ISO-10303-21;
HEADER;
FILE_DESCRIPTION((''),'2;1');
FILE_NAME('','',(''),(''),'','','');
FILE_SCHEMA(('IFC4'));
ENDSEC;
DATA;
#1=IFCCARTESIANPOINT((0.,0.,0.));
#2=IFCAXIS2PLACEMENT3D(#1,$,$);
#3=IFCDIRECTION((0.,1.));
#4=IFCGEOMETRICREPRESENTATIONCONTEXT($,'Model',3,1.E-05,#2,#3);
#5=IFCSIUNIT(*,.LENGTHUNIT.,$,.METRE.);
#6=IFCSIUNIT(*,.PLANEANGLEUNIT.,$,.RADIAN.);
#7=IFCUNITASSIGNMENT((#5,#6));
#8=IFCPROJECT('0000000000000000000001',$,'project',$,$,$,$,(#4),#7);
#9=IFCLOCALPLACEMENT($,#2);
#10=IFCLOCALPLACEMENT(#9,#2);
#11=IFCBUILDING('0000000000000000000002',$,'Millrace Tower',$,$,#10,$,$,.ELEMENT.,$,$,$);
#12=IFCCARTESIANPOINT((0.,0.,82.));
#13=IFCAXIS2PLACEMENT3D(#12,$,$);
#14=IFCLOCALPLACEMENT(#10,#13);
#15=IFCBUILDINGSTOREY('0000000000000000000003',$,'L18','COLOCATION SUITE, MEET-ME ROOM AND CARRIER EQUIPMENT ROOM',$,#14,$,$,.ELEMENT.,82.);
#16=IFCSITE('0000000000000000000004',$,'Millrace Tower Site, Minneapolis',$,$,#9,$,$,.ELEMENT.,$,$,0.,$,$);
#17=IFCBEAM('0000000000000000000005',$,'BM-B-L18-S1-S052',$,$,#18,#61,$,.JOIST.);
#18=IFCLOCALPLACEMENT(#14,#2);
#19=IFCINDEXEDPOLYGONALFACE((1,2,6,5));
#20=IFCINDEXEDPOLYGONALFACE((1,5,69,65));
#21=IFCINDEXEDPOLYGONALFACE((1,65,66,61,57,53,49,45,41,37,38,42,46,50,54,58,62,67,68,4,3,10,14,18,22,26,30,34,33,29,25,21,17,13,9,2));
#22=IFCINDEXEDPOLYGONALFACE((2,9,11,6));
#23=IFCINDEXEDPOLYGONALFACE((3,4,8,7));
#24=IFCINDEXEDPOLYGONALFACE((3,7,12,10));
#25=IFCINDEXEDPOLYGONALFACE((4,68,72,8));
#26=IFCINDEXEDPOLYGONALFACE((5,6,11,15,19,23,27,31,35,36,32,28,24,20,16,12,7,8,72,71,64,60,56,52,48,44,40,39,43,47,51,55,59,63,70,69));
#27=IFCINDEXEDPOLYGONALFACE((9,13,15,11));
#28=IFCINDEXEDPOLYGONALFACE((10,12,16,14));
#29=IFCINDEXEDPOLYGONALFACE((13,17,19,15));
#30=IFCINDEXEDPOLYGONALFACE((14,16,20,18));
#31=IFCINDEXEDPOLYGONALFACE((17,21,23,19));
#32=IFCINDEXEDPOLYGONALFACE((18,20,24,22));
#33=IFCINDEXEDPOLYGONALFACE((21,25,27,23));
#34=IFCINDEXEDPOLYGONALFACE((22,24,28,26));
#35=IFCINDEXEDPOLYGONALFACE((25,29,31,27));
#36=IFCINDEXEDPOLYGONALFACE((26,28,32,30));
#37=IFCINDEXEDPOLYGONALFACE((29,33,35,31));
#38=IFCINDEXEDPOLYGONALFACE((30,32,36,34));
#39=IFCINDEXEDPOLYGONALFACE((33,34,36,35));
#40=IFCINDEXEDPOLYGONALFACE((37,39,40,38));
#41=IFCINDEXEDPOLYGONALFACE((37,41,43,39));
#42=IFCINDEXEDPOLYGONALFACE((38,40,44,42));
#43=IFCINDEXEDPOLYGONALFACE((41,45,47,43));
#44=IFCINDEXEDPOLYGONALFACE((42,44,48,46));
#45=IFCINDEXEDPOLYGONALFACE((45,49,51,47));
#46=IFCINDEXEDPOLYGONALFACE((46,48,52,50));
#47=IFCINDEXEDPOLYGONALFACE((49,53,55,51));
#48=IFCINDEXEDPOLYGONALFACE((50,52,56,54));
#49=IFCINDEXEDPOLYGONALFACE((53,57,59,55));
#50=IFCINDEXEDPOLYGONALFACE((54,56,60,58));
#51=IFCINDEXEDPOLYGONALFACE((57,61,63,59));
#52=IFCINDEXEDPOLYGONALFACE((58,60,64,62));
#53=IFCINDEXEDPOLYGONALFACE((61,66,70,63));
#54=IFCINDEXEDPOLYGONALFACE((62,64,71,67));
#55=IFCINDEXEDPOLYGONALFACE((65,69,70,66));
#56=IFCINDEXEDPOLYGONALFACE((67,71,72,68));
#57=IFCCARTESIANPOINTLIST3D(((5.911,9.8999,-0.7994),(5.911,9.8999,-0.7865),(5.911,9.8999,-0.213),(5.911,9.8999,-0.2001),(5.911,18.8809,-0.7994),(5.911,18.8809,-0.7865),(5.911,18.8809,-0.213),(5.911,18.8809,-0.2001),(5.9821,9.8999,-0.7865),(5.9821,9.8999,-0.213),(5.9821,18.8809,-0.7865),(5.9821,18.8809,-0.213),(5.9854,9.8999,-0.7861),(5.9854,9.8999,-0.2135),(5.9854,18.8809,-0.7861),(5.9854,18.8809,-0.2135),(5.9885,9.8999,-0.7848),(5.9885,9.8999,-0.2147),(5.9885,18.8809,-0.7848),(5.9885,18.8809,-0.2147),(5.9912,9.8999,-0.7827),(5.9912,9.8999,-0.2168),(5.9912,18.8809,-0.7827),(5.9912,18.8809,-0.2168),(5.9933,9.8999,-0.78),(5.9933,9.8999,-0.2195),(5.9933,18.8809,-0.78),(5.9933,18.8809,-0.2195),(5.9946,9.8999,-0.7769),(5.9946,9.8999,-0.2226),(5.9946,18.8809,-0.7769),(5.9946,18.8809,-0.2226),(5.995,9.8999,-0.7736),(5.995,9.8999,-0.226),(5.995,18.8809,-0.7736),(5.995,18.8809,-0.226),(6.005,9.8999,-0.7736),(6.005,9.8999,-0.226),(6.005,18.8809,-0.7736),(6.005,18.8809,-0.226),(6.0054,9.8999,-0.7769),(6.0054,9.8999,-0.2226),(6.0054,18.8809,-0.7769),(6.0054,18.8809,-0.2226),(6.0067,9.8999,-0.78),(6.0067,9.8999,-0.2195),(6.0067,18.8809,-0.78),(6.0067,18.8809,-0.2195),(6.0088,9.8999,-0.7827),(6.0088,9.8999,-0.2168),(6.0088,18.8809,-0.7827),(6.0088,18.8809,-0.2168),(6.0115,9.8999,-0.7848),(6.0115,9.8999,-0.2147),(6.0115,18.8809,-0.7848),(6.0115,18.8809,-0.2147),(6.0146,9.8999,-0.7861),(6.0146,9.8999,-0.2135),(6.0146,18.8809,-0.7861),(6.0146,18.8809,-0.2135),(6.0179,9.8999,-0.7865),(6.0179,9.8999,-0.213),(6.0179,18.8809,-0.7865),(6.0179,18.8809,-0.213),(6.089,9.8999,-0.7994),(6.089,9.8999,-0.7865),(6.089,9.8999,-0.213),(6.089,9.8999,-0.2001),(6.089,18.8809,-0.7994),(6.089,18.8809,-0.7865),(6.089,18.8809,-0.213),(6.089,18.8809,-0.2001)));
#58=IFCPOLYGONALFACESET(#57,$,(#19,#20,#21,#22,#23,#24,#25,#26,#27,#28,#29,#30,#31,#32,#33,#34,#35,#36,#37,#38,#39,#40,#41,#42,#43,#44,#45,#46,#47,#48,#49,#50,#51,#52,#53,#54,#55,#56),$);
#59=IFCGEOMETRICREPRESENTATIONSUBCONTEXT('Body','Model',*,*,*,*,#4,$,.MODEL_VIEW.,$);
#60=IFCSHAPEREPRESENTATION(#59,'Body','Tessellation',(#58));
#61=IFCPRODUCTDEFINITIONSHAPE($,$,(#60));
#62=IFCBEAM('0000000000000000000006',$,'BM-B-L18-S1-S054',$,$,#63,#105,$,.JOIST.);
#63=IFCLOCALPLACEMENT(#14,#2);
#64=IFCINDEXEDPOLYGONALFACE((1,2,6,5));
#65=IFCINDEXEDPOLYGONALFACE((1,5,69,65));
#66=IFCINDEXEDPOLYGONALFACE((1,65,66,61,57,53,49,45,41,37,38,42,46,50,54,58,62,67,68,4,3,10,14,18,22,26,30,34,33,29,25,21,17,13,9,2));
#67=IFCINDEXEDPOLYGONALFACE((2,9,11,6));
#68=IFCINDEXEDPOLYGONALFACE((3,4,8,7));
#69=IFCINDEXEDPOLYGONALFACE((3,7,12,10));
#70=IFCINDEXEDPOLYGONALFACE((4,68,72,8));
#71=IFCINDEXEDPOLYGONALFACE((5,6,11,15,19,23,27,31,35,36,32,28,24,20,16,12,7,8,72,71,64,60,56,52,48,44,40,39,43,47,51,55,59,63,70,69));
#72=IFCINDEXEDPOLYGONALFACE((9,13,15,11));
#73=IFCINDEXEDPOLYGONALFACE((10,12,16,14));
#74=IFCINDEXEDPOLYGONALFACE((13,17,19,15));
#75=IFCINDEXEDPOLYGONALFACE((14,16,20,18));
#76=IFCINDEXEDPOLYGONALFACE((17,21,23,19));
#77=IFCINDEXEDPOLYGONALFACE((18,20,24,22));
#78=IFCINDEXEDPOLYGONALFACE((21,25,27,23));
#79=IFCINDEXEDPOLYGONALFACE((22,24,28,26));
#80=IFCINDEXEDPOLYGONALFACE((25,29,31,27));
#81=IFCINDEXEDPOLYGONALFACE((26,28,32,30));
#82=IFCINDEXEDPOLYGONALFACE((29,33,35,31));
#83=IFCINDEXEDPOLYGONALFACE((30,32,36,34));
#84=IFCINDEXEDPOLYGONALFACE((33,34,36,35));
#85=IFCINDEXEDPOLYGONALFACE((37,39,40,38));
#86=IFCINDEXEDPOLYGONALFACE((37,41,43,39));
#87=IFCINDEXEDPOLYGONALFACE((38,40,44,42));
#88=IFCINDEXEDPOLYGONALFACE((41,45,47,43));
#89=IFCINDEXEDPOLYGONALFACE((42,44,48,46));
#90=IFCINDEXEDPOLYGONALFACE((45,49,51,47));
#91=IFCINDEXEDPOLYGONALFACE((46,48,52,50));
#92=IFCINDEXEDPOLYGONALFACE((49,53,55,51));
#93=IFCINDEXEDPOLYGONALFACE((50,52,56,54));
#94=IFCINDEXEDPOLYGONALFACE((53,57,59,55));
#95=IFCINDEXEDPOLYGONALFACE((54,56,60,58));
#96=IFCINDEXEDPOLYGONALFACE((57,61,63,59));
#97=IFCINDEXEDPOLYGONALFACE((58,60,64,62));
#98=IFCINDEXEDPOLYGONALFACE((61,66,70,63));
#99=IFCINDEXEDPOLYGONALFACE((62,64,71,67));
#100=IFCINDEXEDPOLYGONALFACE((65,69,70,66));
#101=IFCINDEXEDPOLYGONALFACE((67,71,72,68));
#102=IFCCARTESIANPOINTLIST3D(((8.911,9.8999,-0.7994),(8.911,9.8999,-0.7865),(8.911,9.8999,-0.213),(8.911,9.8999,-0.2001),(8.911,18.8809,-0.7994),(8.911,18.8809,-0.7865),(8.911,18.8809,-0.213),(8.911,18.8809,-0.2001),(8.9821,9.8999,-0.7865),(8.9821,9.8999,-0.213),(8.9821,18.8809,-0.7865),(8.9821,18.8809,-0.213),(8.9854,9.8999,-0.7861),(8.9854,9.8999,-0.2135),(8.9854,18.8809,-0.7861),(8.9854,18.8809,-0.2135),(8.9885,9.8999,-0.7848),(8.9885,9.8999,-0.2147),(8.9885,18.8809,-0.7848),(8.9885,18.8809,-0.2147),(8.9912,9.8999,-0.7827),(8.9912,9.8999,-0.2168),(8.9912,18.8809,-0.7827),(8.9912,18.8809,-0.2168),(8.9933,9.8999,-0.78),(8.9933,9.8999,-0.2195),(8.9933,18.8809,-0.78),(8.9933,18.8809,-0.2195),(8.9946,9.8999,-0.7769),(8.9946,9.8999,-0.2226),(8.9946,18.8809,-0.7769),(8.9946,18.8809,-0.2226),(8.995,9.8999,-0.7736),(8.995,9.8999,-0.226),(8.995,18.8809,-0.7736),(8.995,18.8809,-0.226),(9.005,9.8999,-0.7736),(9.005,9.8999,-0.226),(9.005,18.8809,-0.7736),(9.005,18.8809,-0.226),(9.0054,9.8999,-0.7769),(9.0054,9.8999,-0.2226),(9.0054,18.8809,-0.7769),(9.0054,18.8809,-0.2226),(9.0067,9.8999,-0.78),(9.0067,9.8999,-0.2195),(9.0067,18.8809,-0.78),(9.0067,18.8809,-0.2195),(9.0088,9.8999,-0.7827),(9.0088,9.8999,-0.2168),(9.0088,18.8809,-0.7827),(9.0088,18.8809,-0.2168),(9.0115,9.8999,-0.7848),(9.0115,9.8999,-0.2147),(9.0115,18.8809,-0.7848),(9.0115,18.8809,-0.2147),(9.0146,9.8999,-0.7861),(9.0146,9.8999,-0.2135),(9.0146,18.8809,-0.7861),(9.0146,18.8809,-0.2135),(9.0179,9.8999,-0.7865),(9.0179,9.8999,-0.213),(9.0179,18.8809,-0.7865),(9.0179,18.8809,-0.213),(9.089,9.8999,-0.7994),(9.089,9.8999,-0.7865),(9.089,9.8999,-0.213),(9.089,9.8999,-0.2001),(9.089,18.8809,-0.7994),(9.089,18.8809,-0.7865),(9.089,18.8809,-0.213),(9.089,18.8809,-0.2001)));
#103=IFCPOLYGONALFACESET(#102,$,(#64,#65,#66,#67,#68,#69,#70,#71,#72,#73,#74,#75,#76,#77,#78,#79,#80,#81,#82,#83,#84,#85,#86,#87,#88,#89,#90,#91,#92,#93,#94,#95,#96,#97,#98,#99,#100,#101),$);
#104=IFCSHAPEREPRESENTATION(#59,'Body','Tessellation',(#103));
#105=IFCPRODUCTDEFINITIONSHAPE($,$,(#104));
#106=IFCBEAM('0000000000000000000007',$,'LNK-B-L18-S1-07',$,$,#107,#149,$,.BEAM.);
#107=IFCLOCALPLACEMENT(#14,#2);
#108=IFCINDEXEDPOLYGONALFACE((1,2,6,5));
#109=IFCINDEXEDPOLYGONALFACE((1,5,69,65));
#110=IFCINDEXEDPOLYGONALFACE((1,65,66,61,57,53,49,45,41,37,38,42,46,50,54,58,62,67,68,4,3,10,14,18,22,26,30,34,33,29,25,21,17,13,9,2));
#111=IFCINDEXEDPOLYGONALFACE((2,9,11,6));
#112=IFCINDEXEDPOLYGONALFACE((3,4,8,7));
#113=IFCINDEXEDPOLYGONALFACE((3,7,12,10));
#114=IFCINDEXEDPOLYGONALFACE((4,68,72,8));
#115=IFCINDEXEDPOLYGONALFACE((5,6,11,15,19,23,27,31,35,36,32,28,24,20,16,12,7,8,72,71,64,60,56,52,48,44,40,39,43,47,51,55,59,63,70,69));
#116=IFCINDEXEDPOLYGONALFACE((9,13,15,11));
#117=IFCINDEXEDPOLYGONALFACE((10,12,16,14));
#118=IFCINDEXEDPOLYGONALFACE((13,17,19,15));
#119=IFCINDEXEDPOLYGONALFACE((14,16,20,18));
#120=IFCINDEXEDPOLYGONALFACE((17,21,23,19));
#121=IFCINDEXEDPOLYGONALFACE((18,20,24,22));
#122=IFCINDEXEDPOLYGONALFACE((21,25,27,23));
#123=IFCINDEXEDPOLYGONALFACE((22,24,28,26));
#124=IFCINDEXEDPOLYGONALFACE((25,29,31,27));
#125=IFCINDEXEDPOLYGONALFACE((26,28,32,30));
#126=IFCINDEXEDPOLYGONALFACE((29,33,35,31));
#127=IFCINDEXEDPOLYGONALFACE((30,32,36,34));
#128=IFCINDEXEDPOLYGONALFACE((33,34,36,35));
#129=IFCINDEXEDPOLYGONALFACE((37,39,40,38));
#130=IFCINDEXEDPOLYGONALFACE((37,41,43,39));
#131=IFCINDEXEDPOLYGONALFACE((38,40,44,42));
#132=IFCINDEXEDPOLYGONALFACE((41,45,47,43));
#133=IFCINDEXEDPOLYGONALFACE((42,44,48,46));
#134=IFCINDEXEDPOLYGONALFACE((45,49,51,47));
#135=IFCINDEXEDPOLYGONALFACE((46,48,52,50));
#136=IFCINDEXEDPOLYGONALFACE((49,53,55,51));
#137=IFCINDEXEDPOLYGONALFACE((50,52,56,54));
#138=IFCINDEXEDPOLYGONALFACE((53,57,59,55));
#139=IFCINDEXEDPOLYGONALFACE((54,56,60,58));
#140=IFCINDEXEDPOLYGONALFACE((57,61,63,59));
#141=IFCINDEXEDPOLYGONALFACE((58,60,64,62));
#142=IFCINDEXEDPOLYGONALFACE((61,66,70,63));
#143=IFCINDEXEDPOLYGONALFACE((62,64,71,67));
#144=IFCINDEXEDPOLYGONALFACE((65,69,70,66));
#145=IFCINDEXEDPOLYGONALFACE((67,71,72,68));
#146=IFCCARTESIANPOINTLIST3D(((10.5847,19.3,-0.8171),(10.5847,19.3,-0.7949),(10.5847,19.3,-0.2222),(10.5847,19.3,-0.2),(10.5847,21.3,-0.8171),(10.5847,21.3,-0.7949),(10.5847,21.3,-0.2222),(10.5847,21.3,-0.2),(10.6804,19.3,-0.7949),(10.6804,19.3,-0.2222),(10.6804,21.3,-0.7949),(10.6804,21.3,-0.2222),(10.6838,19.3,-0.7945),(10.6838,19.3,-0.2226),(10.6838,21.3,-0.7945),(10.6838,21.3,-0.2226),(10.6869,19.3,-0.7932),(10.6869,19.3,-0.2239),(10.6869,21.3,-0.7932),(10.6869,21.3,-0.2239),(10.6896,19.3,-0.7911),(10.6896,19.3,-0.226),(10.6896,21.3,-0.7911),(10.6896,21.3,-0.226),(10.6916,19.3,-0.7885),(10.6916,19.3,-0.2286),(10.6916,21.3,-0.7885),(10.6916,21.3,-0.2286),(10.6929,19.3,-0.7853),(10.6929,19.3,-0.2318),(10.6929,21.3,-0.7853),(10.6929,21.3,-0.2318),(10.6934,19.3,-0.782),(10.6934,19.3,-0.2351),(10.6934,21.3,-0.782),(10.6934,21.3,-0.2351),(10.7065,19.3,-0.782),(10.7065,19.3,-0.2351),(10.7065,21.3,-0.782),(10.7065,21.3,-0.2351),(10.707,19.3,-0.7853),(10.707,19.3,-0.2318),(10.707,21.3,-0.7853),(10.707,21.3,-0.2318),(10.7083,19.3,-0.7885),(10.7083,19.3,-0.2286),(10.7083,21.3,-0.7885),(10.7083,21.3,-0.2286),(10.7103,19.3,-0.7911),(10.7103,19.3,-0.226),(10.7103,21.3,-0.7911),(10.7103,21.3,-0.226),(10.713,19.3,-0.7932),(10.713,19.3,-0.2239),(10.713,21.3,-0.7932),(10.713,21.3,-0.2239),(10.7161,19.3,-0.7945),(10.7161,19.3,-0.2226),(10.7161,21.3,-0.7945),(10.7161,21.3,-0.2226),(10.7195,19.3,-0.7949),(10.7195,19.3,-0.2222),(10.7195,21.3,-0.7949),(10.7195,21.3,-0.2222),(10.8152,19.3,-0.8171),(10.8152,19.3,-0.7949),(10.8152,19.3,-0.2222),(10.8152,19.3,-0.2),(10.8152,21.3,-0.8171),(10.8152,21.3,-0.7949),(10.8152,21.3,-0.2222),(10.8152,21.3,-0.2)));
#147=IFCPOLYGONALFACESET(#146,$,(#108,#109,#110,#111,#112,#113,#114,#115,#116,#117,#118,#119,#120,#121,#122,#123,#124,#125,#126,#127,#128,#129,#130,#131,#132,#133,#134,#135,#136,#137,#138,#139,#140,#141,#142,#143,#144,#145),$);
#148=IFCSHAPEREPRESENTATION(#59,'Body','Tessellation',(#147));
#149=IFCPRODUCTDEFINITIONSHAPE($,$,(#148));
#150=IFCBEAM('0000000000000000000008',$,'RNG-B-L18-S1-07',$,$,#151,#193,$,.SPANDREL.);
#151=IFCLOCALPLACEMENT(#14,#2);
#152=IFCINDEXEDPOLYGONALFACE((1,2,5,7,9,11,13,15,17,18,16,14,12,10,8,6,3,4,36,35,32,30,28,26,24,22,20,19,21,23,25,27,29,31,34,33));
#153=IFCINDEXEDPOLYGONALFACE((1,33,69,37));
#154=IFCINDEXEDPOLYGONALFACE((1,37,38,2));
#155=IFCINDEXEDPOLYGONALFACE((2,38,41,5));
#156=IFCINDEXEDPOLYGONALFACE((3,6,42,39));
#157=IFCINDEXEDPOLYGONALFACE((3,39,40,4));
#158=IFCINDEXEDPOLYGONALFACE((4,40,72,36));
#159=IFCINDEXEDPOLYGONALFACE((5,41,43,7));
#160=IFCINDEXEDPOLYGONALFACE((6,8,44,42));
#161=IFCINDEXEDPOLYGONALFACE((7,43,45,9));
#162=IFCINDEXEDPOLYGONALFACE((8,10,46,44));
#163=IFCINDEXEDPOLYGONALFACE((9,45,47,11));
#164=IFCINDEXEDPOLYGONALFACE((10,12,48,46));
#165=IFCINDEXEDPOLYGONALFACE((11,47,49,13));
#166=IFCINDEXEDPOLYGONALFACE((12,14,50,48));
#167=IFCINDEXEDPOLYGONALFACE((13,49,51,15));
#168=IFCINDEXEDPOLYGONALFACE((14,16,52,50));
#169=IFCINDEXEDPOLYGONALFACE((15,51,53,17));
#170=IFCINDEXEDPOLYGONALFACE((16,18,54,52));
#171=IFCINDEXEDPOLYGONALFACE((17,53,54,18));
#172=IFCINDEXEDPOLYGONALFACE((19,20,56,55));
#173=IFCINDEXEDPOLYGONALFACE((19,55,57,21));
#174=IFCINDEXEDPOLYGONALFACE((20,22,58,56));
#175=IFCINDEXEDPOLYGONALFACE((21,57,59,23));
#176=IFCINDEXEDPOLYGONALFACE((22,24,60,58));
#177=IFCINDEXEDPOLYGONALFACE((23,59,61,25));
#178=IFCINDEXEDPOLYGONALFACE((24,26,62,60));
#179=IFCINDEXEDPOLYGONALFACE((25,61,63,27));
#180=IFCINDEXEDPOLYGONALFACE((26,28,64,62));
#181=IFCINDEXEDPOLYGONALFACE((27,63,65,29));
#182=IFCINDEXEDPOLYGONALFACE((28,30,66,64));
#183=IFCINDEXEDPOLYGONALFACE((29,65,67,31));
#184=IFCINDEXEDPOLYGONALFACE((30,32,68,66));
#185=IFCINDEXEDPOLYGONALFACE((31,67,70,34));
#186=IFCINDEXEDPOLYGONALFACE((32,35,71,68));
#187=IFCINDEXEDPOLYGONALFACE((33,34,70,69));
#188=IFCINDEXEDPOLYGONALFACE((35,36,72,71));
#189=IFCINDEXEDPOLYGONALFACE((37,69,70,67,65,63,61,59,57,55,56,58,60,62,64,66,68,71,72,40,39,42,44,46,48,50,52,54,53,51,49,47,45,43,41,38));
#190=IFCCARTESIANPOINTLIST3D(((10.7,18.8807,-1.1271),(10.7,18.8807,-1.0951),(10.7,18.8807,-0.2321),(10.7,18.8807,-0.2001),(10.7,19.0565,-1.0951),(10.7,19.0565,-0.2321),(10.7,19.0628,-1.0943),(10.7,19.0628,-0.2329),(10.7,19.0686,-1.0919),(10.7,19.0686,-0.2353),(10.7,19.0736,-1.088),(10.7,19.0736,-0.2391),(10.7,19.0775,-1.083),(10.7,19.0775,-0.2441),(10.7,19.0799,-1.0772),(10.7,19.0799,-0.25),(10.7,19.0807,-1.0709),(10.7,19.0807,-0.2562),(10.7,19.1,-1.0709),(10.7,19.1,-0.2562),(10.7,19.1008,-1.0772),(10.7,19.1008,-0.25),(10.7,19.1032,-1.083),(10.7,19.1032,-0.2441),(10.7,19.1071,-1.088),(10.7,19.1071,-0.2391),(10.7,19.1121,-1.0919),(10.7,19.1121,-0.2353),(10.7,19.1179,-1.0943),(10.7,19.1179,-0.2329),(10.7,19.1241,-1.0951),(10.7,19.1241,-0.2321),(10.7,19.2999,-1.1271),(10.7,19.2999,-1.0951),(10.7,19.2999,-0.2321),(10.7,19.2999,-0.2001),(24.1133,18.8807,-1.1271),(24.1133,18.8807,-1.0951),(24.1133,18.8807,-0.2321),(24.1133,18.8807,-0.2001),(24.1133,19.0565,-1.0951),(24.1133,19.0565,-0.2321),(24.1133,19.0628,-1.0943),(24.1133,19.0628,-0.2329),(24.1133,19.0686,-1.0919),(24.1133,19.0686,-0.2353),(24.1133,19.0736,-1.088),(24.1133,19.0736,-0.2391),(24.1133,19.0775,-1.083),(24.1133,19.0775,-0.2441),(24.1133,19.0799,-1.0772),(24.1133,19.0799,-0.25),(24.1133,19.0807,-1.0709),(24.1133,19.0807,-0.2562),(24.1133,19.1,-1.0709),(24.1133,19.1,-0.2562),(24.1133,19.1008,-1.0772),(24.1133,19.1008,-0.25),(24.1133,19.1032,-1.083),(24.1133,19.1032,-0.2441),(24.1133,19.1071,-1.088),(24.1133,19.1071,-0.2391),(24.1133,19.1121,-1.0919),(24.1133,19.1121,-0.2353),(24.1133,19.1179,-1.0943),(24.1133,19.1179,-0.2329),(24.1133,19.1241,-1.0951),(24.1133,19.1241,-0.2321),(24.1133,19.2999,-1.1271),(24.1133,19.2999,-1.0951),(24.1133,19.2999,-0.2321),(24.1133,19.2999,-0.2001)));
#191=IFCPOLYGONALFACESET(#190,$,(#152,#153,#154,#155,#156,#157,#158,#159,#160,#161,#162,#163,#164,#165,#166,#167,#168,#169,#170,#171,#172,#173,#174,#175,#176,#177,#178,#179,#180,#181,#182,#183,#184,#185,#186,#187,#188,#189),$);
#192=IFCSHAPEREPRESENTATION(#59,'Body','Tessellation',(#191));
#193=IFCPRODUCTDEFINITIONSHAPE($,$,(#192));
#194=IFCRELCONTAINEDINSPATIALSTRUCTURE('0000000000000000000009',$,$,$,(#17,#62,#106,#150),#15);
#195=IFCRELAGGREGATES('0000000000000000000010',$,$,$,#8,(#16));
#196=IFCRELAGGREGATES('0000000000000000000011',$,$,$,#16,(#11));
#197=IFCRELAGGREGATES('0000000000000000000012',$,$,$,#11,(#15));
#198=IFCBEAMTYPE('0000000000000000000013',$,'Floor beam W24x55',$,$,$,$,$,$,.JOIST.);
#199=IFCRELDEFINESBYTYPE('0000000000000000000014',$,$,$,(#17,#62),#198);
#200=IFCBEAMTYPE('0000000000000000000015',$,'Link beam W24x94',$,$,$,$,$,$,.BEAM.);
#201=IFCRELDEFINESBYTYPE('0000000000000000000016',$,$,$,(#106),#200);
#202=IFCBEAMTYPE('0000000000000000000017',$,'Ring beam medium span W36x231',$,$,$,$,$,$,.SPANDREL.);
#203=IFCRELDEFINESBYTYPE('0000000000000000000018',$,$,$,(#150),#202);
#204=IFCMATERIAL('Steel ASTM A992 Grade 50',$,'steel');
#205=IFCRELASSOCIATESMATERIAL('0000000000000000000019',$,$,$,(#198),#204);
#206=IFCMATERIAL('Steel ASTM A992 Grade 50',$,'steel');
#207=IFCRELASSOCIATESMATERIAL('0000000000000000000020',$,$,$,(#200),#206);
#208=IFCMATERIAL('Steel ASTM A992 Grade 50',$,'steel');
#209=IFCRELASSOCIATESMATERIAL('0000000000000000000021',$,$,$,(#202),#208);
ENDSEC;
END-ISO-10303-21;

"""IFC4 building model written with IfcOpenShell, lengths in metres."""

from ifc_helpers import new_model, si_unit, direction, frame, origin, origin_2d, place, context, subcontext, project, spatial, i_section, extrude, material, material_profile, profile_set, type_object, element, save


model = new_model("IFC4")

# Units and contexts
model_context = context("Model", 3, precision=1e-05, world=origin(), true_north=direction((0.0, 1.0)))
body_context = subcontext(model_context, "Body", "Model", "MODEL_VIEW")
ifc_project = project(units=[si_unit("LENGTHUNIT", "METRE"), si_unit("PLANEANGLEUNIT", "RADIAN")], contexts=[model_context])

# Site, building, storey
site_placement = place(None, origin())
site = spatial("IfcSite", under=ifc_project, at=site_placement, Name="Millrace Tower Site, Minneapolis", CompositionType="ELEMENT", RefElevation=0.0)
building_placement = place(site_placement, origin())
building = spatial("IfcBuilding", under=site, at=building_placement, Name="Millrace Tower", CompositionType="ELEMENT")
storey_placement = place(building_placement, frame((0.0, 0.0, 82.0)))
storey = spatial("IfcBuildingStorey", under=building, at=storey_placement, Name="L18", Description="COLOCATION SUITE, MEET-ME ROOM AND CARRIER EQUIPMENT ROOM", CompositionType="ELEMENT", Elevation=82.0)

# Beams
ifc_material_1 = material(Name="Steel ASTM A992 Grade 50", Category="steel")
ifc_material_profile_1 = material_profile(ifc_material_1, i_section(OverallWidth=0.178, OverallDepth=0.5994, WebThickness=0.01, FlangeThickness=0.0129, FilletRadius=0.0129, at=origin_2d()))
ifc_profile_set_1 = profile_set([ifc_material_profile_1], Name="Steel ASTM A992 Grade 50")
beam_type_1 = type_object("IfcBeamType", Name="Floor beam W24x55", PredefinedType="JOIST", material=ifc_profile_set_1)
for number, where, z_axis, x_axis, name in (
    (1, (6.0, 9.8999, -0.4998), (0.0, 1.0, 0.0), (-1.0, 0.0, 0.0), "BM-B-L18-S1-S052"),
    (2, (9.0, 9.8999, -0.4998), (0.0, 1.0, 0.0), (-1.0, 0.0, 0.0), "BM-B-L18-S1-S054"),
):
    element("IfcBeam", number, at=place(storey_placement, frame(where, z_axis=z_axis, x_axis=x_axis)), inside=storey, type_object=beam_type_1, Name=name, PredefinedType="JOIST", context=body_context, shape_type="SweptSolid", body=[
        extrude(i_section(OverallWidth=0.178, OverallDepth=0.5994, WebThickness=0.01, FlangeThickness=0.0129, FilletRadius=0.0129, at=origin_2d()), origin(), (0.0, 0.0, 1.0), 8.981),
    ])
ifc_material_2 = material(Name="Steel ASTM A992 Grade 50", Category="steel")
ifc_material_profile_2 = material_profile(ifc_material_2, i_section(OverallWidth=0.2305, OverallDepth=0.6172, WebThickness=0.0132, FlangeThickness=0.0222, FilletRadius=0.0129, at=origin_2d()))
ifc_profile_set_2 = profile_set([ifc_material_profile_2], Name="Steel ASTM A992 Grade 50")
beam_type_2 = type_object("IfcBeamType", Name="Link beam W24x94", PredefinedType="BEAM", material=ifc_profile_set_2)
beam_1_placement = place(storey_placement, frame((10.7, 19.3, -0.5085), z_axis=(0.0, 1.0, 0.0), x_axis=(-1.0, 0.0, 0.0)))
element("IfcBeam", 3, at=beam_1_placement, inside=storey, type_object=beam_type_2, Name="LNK-B-L18-S1-07", PredefinedType="BEAM", context=body_context, shape_type="SweptSolid", body=[
    extrude(i_section(OverallWidth=0.2305, OverallDepth=0.6172, WebThickness=0.0132, FlangeThickness=0.0222, FilletRadius=0.0129, at=origin_2d()), origin(), (0.0, 0.0, 1.0), 2.0),
])
ifc_material_3 = material(Name="Steel ASTM A992 Grade 50", Category="steel")
ifc_material_profile_3 = material_profile(ifc_material_3, i_section(OverallWidth=0.4192, OverallDepth=0.927, WebThickness=0.0193, FlangeThickness=0.032, FilletRadius=0.0242, at=origin_2d()))
ifc_profile_set_3 = profile_set([ifc_material_profile_3], Name="Steel ASTM A992 Grade 50")
beam_type_3 = type_object("IfcBeamType", Name="Ring beam medium span W36x231", PredefinedType="SPANDREL", material=ifc_profile_set_3)
beam_2_placement = place(storey_placement, frame((10.7, 19.0903, -0.6636), z_axis=(1.0, 0.0, 0.0), x_axis=(0.0, 1.0, 0.0)))
element("IfcBeam", 4, at=beam_2_placement, inside=storey, type_object=beam_type_3, Name="RNG-B-L18-S1-07", PredefinedType="SPANDREL", context=body_context, shape_type="SweptSolid", body=[
    extrude(i_section(OverallWidth=0.4192, OverallDepth=0.927, WebThickness=0.0193, FlangeThickness=0.032, FilletRadius=0.0242, at=origin_2d()), origin(), (0.0, 0.0, 1.0), 13.4133),
])

save(model, "model.ifc")
